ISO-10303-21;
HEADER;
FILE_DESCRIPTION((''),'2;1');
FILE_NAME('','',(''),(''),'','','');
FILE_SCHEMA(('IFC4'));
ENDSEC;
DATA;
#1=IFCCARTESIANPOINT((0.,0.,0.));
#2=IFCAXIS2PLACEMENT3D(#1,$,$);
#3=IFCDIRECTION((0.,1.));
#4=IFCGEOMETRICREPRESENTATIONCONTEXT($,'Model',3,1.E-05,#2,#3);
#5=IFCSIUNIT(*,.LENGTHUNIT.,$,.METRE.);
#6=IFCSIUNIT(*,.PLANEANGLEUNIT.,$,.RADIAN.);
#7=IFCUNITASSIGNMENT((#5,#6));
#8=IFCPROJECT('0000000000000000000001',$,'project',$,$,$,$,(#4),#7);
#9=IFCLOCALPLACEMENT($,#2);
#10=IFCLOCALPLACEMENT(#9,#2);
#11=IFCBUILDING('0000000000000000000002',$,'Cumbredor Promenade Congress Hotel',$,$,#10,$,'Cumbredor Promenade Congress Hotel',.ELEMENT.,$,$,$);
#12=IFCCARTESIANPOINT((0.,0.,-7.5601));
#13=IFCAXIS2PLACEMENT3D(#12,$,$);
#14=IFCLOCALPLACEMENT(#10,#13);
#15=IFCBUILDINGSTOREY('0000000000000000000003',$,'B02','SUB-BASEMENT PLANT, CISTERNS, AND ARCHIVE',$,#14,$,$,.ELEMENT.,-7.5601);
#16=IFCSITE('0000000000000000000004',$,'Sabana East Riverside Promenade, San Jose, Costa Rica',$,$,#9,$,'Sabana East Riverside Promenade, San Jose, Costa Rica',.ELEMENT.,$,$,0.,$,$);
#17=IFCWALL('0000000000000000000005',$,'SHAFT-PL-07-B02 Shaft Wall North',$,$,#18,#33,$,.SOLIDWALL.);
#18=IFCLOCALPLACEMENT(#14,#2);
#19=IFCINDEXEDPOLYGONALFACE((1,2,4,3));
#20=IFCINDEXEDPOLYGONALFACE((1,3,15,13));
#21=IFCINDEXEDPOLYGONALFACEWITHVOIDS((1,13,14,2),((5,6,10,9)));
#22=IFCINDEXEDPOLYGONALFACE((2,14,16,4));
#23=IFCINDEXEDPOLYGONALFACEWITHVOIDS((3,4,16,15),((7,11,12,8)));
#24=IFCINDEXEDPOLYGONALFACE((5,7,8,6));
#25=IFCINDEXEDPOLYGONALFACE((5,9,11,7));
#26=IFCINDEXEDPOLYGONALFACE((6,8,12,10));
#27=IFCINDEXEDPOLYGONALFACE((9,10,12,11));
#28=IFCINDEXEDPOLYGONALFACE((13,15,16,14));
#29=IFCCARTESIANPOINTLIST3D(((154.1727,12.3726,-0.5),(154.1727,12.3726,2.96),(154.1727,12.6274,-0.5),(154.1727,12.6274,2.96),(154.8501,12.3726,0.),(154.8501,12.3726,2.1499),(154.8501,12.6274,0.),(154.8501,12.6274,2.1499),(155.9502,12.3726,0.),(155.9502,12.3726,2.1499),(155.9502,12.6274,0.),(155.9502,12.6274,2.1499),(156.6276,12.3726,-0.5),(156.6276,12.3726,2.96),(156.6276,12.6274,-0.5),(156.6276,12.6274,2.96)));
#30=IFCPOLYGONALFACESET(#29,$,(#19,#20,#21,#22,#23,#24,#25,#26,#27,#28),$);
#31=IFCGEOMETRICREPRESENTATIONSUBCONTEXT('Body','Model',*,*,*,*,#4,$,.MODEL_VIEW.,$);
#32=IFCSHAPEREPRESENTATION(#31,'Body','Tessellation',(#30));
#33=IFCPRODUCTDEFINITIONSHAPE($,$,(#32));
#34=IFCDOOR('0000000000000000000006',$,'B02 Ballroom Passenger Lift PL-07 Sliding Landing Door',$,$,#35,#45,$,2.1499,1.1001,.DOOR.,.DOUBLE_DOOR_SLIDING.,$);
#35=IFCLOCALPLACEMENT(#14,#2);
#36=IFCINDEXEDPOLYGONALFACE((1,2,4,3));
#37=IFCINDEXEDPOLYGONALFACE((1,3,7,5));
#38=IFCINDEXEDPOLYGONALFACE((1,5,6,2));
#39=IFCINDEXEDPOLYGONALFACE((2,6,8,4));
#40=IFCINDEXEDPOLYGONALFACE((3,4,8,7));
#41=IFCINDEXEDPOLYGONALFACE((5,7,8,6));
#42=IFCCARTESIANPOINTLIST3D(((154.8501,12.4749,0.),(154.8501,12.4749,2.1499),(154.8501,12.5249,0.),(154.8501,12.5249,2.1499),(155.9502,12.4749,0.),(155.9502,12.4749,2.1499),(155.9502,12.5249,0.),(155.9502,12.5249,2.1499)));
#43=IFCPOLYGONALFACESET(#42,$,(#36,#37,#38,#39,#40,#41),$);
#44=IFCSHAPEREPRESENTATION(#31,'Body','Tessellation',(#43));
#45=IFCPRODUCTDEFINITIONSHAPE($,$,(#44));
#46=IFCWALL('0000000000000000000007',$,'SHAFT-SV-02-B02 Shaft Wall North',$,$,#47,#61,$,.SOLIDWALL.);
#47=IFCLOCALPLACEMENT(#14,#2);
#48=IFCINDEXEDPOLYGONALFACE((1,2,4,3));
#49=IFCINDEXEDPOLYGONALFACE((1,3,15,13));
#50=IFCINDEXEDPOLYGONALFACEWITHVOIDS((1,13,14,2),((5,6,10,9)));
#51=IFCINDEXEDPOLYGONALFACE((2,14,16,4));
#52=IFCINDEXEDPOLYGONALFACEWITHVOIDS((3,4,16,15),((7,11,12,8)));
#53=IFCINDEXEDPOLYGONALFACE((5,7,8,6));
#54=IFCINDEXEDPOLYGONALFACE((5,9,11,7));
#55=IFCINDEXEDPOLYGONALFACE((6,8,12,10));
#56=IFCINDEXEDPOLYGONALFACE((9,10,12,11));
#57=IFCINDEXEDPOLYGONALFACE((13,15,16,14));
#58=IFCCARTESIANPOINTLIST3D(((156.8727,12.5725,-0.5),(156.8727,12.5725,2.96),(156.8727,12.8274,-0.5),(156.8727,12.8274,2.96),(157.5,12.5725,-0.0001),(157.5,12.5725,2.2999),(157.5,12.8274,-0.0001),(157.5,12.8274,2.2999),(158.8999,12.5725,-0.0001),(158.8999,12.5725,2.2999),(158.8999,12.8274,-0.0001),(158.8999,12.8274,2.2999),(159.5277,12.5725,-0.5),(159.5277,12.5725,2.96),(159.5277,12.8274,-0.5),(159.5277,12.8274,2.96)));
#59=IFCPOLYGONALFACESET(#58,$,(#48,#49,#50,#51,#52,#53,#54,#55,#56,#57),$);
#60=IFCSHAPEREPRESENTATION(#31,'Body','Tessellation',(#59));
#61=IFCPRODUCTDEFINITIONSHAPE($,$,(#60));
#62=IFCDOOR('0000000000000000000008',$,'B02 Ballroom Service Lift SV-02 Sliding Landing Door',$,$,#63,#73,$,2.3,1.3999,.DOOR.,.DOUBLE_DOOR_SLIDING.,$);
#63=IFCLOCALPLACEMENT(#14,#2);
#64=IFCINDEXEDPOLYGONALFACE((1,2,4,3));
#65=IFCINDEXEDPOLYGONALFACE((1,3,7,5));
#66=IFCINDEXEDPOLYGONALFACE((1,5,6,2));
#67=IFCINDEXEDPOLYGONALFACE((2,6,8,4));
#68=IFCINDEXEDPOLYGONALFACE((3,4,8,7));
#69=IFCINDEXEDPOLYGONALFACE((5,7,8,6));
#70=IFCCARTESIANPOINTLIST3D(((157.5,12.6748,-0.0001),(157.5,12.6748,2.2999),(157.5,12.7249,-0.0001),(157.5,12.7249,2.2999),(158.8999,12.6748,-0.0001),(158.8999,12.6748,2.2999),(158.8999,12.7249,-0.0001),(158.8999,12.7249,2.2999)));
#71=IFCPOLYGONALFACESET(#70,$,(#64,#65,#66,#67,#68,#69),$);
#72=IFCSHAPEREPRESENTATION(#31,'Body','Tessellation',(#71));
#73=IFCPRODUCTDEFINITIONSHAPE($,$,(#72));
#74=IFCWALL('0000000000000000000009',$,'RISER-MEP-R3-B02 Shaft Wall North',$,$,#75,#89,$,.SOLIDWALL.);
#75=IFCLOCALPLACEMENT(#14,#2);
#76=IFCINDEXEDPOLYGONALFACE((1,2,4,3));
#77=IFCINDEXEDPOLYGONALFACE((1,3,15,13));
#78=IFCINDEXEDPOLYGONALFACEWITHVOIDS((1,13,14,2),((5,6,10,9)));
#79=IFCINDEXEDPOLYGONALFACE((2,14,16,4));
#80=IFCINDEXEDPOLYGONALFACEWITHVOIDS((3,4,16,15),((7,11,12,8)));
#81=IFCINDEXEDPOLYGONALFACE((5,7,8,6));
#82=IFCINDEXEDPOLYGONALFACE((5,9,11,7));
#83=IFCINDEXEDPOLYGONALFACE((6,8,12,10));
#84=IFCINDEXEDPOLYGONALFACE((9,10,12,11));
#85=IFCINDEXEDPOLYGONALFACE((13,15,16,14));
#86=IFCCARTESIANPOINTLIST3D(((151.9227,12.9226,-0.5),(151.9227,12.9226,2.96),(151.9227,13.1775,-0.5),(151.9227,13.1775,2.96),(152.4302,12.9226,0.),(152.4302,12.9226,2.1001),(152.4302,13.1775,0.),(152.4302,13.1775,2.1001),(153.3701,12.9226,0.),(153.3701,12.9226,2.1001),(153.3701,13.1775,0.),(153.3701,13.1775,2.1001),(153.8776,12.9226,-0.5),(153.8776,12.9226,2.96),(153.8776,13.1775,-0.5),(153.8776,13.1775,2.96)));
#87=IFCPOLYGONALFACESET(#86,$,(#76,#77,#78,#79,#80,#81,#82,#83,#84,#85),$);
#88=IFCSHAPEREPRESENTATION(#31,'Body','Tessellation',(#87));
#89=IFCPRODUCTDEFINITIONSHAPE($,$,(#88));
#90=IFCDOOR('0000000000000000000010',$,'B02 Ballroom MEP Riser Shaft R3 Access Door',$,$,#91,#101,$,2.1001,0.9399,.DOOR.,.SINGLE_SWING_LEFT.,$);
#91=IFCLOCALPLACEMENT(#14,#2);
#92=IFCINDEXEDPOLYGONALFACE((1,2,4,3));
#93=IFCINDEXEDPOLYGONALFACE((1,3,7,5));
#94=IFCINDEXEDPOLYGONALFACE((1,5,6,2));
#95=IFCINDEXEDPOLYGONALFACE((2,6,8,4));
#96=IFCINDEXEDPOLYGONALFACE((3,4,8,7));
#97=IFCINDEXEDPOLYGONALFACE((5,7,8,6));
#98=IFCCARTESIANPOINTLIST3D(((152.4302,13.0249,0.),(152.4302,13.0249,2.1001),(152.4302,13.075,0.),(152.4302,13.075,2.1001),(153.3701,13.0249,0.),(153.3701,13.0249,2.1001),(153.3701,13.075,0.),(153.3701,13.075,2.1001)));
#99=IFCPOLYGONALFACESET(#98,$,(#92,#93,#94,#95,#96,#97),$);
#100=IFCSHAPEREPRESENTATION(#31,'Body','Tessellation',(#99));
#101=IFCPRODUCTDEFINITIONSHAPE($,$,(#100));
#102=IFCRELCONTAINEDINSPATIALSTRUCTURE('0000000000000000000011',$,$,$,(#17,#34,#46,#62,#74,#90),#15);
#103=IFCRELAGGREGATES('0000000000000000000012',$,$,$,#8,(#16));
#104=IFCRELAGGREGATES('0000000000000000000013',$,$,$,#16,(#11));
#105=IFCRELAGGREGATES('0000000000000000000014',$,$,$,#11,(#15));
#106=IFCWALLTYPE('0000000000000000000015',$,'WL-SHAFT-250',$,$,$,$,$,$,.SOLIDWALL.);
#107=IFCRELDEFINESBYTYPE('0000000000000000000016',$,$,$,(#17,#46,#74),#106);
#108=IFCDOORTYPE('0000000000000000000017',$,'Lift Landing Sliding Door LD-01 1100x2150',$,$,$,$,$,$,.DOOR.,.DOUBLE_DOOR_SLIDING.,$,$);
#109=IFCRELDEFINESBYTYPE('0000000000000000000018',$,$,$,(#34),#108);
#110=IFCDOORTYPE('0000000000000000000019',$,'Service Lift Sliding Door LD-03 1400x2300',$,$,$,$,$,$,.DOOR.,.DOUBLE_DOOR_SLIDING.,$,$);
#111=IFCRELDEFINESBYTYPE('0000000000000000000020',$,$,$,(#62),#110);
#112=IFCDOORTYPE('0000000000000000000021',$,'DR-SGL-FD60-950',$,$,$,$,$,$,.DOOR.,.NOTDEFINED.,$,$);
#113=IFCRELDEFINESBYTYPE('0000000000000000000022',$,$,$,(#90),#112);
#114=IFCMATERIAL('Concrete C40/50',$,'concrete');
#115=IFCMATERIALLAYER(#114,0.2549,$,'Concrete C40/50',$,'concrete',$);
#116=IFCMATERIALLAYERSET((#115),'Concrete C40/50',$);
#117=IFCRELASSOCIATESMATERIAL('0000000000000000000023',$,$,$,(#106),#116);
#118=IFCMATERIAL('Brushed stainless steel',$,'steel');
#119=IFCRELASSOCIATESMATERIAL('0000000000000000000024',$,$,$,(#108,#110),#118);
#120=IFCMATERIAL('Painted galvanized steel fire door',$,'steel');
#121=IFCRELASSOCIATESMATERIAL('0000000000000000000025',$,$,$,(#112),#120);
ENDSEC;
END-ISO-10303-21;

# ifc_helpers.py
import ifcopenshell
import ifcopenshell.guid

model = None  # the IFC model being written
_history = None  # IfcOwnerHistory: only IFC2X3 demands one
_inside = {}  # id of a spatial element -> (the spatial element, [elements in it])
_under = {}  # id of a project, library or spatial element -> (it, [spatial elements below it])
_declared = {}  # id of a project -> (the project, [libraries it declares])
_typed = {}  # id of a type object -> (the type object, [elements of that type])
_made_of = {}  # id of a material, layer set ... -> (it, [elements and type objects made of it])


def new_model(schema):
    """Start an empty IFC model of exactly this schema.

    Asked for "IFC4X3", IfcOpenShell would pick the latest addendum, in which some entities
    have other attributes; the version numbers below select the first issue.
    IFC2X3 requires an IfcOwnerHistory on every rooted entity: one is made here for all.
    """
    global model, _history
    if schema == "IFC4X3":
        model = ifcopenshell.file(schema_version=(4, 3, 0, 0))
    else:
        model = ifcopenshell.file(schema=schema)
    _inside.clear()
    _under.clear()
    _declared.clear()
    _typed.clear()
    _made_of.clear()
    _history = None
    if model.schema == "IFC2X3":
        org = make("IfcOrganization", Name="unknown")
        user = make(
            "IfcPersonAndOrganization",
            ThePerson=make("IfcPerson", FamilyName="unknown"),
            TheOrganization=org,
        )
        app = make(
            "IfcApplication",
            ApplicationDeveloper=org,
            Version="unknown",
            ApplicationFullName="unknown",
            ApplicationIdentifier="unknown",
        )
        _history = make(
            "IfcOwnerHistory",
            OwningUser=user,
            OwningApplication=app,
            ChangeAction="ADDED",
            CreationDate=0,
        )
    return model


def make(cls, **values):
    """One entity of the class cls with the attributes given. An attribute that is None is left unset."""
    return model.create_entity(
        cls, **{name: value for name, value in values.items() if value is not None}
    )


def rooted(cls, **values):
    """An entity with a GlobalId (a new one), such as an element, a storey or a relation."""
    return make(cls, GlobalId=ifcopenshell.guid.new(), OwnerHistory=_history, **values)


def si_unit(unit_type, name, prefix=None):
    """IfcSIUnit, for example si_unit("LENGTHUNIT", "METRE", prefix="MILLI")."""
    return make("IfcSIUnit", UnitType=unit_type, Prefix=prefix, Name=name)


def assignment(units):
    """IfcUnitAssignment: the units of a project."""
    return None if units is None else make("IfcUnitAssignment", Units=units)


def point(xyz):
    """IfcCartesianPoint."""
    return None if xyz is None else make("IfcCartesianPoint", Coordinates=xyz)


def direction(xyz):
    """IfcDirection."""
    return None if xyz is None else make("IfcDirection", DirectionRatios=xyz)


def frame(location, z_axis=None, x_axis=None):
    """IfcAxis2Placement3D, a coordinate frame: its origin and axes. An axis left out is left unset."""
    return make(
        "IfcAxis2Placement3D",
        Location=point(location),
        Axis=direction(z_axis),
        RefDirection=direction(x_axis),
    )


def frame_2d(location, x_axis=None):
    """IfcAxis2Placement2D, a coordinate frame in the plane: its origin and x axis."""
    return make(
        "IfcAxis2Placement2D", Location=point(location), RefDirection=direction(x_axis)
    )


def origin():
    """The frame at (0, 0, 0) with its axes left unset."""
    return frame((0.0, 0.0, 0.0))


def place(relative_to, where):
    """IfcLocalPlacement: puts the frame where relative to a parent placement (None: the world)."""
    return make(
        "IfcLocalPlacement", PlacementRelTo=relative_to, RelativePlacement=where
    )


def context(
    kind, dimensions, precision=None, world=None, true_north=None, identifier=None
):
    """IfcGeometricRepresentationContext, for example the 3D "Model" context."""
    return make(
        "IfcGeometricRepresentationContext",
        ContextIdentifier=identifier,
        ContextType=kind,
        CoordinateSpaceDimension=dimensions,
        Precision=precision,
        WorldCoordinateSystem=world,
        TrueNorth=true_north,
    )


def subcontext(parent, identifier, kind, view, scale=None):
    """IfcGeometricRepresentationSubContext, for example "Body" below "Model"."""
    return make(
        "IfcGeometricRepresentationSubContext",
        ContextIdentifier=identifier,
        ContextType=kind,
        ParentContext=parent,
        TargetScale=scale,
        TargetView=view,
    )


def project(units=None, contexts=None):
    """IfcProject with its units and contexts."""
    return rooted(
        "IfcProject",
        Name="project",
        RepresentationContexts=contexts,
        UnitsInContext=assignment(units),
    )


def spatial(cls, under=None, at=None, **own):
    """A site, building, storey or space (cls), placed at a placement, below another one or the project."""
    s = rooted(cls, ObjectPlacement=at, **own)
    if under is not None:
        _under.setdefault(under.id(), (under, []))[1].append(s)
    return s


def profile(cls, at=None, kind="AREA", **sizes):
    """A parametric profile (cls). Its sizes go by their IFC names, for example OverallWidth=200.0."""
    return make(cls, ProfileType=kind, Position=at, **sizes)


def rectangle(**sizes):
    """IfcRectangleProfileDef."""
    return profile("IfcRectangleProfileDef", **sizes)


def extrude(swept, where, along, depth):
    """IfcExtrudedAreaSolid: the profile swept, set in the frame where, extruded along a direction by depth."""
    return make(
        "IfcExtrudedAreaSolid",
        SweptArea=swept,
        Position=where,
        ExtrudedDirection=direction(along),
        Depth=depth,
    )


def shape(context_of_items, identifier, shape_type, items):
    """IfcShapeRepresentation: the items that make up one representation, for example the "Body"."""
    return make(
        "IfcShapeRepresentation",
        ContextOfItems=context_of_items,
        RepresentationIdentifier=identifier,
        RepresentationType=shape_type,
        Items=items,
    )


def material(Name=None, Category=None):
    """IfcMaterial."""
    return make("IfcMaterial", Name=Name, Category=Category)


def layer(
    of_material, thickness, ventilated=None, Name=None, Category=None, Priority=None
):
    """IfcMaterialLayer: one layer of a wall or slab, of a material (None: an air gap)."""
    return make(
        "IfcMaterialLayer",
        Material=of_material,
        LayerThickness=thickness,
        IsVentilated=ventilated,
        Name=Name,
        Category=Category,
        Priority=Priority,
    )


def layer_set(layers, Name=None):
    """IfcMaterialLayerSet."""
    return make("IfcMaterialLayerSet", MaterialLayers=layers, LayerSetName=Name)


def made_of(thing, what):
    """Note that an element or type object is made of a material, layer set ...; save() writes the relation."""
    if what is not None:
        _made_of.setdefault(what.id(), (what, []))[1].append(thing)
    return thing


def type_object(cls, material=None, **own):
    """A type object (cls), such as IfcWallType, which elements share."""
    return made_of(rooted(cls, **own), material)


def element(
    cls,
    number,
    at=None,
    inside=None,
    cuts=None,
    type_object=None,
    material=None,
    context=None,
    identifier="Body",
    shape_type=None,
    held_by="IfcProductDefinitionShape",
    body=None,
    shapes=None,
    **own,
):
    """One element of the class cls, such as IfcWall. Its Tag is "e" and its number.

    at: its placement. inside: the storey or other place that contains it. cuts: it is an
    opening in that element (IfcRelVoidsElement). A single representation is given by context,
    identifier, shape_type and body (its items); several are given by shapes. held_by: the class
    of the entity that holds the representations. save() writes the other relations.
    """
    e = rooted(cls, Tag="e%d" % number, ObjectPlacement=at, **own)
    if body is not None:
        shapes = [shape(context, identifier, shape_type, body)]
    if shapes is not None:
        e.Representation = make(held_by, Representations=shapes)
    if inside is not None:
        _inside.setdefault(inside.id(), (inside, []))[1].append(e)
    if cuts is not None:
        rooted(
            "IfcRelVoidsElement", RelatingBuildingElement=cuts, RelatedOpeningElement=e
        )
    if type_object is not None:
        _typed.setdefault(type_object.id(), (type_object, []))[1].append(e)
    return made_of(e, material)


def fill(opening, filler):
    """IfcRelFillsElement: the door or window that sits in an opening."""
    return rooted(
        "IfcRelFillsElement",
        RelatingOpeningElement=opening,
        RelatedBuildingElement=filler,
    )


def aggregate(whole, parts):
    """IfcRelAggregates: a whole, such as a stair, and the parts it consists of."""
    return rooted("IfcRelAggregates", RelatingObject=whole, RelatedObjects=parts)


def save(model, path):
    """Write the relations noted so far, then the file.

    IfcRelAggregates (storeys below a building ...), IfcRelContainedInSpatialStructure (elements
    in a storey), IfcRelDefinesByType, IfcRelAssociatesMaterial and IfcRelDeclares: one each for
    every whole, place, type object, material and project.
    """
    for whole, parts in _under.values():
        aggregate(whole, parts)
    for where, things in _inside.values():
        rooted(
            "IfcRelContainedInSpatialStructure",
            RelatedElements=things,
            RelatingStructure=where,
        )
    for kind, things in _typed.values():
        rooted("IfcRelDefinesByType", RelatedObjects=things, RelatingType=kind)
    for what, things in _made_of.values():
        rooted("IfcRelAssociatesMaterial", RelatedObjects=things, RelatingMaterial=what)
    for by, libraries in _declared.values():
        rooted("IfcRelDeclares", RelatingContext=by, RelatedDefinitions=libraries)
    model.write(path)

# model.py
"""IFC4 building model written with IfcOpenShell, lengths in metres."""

from ifc_helpers import new_model, si_unit, direction, frame, frame_2d, origin, place, context, subcontext, project, spatial, rectangle, extrude, material, layer, layer_set, type_object, element, fill, save


model = new_model("IFC4")

# Units and contexts
model_context = context("Model", 3, precision=1e-05, world=origin(), true_north=direction((0.0, 1.0)))
body_context = subcontext(model_context, "Body", "Model", "MODEL_VIEW")
ifc_project = project(units=[si_unit("LENGTHUNIT", "METRE"), si_unit("PLANEANGLEUNIT", "RADIAN")], contexts=[model_context])

# Site, building, storey
site_placement = place(None, origin())
site = spatial("IfcSite", under=ifc_project, at=site_placement, Name="Sabana East Riverside Promenade, San Jose, Costa Rica", LongName="Sabana East Riverside Promenade, San Jose, Costa Rica", CompositionType="ELEMENT", RefElevation=0.0)
building_placement = place(site_placement, origin())
building = spatial("IfcBuilding", under=site, at=building_placement, Name="Cumbredor Promenade Congress Hotel", LongName="Cumbredor Promenade Congress Hotel", CompositionType="ELEMENT")
storey_placement = place(building_placement, frame((0.0, 0.0, -7.5601)))
storey = spatial("IfcBuildingStorey", under=building, at=storey_placement, Name="B02", Description="SUB-BASEMENT PLANT, CISTERNS, AND ARCHIVE", CompositionType="ELEMENT", Elevation=-7.5601)

# Shared definitions
ifc_material_1 = material(Name="Concrete C40/50", Category="concrete")

# Walls, openings, doors
ifc_layer = layer(ifc_material_1, 0.2549, Name="Concrete C40/50", Category="concrete")
ifc_layer_set = layer_set([ifc_layer], Name="Concrete C40/50")
wall_type = type_object("IfcWallType", Name="WL-SHAFT-250", PredefinedType="SOLIDWALL", material=ifc_layer_set)
wall_1_placement = place(storey_placement, frame((154.1726, 12.5, -0.5), z_axis=(0.0, 0.0, 1.0), x_axis=(1.0, 0.0, 0.0)))
wall_1 = element("IfcWall", 1, at=wall_1_placement, inside=storey, type_object=wall_type, Name="SHAFT-PL-07-B02 Shaft Wall North", PredefinedType="SOLIDWALL", context=body_context, shape_type="SweptSolid", body=[
    extrude(rectangle(XDim=2.4548, YDim=0.2549, at=frame_2d((1.2275, 0.0))), origin(), (0.0, 0.0, 1.0), 3.46),
])
opening_1_placement = place(wall_1_placement, frame((0.6775, 0.0, 0.5)))
opening_1 = element("IfcOpeningElement", 2, at=opening_1_placement, cuts=wall_1, PredefinedType="OPENING", context=body_context, shape_type="SweptSolid", body=[
    extrude(rectangle(XDim=1.1001, YDim=2.1499, at=frame_2d((0.55, 1.075))), frame((0.0, 0.1375, 0.0), z_axis=(0.0, -1.0, 0.0), x_axis=(1.0, 0.0, 0.0)), (0.0, 0.0, 1.0), 0.2749),
])
ifc_material_2 = material(Name="Brushed stainless steel", Category="steel")
door_type_1 = type_object("IfcDoorType", Name="Lift Landing Sliding Door LD-01 1100x2150", OperationType="DOUBLE_DOOR_SLIDING", PredefinedType="DOOR", material=ifc_material_2)
door_1_placement = place(opening_1_placement, origin())
door_1 = element("IfcDoor", 3, at=door_1_placement, inside=storey, type_object=door_type_1, Name="B02 Ballroom Passenger Lift PL-07 Sliding Landing Door", OperationType="DOUBLE_DOOR_SLIDING", OverallHeight=2.1499, OverallWidth=1.1001, PredefinedType="DOOR", context=body_context, shape_type="SweptSolid", body=[
    extrude(rectangle(XDim=1.1001, YDim=2.1499, at=frame_2d((0.55, 1.075))), frame((0.0, 0.0249, 0.0), z_axis=(0.0, -1.0, 0.0), x_axis=(1.0, 0.0, 0.0)), (0.0, 0.0, 1.0), 0.05),
])
fill(opening_1, door_1)
wall_2_placement = place(storey_placement, frame((156.8726, 12.7, -0.5), z_axis=(0.0, 0.0, 1.0), x_axis=(1.0, 0.0, 0.0)))
wall_2 = element("IfcWall", 4, at=wall_2_placement, inside=storey, type_object=wall_type, Name="SHAFT-SV-02-B02 Shaft Wall North", PredefinedType="SOLIDWALL", context=body_context, shape_type="SweptSolid", body=[
    extrude(rectangle(XDim=2.655, YDim=0.2549, at=frame_2d((1.3276, 0.0))), origin(), (0.0, 0.0, 1.0), 3.46),
])
opening_2_placement = place(wall_2_placement, frame((0.6274, 0.0, 0.5)))
opening_2 = element("IfcOpeningElement", 5, at=opening_2_placement, cuts=wall_2, PredefinedType="OPENING", context=body_context, shape_type="SweptSolid", body=[
    extrude(rectangle(XDim=1.3999, YDim=2.3, at=frame_2d((0.7, 1.1499))), frame((0.0, 0.1375, 0.0), z_axis=(0.0, -1.0, 0.0), x_axis=(1.0, 0.0, 0.0)), (0.0, 0.0, 1.0), 0.2749),
])
door_type_2 = type_object("IfcDoorType", Name="Service Lift Sliding Door LD-03 1400x2300", OperationType="DOUBLE_DOOR_SLIDING", PredefinedType="DOOR", material=ifc_material_2)
door_2_placement = place(opening_2_placement, origin())
door_2 = element("IfcDoor", 6, at=door_2_placement, inside=storey, type_object=door_type_2, Name="B02 Ballroom Service Lift SV-02 Sliding Landing Door", OperationType="DOUBLE_DOOR_SLIDING", OverallHeight=2.3, OverallWidth=1.3999, PredefinedType="DOOR", context=body_context, shape_type="SweptSolid", body=[
    extrude(rectangle(XDim=1.3999, YDim=2.3, at=frame_2d((0.7, 1.1499))), frame((0.0, 0.0249, 0.0), z_axis=(0.0, -1.0, 0.0), x_axis=(1.0, 0.0, 0.0)), (0.0, 0.0, 1.0), 0.05),
])
fill(opening_2, door_2)
wall_3_placement = place(storey_placement, frame((151.9226, 13.05, -0.5), z_axis=(0.0, 0.0, 1.0), x_axis=(1.0, 0.0, 0.0)))
wall_3 = element("IfcWall", 7, at=wall_3_placement, inside=storey, type_object=wall_type, Name="RISER-MEP-R3-B02 Shaft Wall North", PredefinedType="SOLIDWALL", context=body_context, shape_type="SweptSolid", body=[
    extrude(rectangle(XDim=1.9548, YDim=0.2549, at=frame_2d((0.9775, 0.0))), origin(), (0.0, 0.0, 1.0), 3.46),
])
opening_3_placement = place(wall_3_placement, frame((0.5076, 0.0, 0.5)))
opening_3 = element("IfcOpeningElement", 8, at=opening_3_placement, cuts=wall_3, PredefinedType="OPENING", context=body_context, shape_type="SweptSolid", body=[
    extrude(rectangle(XDim=0.9399, YDim=2.1001, at=frame_2d((0.47, 1.05))), frame((0.0, 0.1375, 0.0), z_axis=(0.0, -1.0, 0.0), x_axis=(1.0, 0.0, 0.0)), (0.0, 0.0, 1.0), 0.2749),
])
ifc_material_3 = material(Name="Painted galvanized steel fire door", Category="steel")
door_type_3 = type_object("IfcDoorType", Name="DR-SGL-FD60-950", OperationType="NOTDEFINED", PredefinedType="DOOR", material=ifc_material_3)
door_3_placement = place(opening_3_placement, origin())
door_3 = element("IfcDoor", 9, at=door_3_placement, inside=storey, type_object=door_type_3, Name="B02 Ballroom MEP Riser Shaft R3 Access Door", OperationType="SINGLE_SWING_LEFT", OverallHeight=2.1001, OverallWidth=0.9399, PredefinedType="DOOR", context=body_context, shape_type="SweptSolid", body=[
    extrude(rectangle(XDim=0.9399, YDim=2.1001, at=frame_2d((0.47, 1.05))), frame((0.0, 0.0249, 0.0), z_axis=(0.0, -1.0, 0.0), x_axis=(1.0, 0.0, 0.0)), (0.0, 0.0, 1.0), 0.05),
])
fill(opening_3, door_3)

save(model, "model.ifc")
